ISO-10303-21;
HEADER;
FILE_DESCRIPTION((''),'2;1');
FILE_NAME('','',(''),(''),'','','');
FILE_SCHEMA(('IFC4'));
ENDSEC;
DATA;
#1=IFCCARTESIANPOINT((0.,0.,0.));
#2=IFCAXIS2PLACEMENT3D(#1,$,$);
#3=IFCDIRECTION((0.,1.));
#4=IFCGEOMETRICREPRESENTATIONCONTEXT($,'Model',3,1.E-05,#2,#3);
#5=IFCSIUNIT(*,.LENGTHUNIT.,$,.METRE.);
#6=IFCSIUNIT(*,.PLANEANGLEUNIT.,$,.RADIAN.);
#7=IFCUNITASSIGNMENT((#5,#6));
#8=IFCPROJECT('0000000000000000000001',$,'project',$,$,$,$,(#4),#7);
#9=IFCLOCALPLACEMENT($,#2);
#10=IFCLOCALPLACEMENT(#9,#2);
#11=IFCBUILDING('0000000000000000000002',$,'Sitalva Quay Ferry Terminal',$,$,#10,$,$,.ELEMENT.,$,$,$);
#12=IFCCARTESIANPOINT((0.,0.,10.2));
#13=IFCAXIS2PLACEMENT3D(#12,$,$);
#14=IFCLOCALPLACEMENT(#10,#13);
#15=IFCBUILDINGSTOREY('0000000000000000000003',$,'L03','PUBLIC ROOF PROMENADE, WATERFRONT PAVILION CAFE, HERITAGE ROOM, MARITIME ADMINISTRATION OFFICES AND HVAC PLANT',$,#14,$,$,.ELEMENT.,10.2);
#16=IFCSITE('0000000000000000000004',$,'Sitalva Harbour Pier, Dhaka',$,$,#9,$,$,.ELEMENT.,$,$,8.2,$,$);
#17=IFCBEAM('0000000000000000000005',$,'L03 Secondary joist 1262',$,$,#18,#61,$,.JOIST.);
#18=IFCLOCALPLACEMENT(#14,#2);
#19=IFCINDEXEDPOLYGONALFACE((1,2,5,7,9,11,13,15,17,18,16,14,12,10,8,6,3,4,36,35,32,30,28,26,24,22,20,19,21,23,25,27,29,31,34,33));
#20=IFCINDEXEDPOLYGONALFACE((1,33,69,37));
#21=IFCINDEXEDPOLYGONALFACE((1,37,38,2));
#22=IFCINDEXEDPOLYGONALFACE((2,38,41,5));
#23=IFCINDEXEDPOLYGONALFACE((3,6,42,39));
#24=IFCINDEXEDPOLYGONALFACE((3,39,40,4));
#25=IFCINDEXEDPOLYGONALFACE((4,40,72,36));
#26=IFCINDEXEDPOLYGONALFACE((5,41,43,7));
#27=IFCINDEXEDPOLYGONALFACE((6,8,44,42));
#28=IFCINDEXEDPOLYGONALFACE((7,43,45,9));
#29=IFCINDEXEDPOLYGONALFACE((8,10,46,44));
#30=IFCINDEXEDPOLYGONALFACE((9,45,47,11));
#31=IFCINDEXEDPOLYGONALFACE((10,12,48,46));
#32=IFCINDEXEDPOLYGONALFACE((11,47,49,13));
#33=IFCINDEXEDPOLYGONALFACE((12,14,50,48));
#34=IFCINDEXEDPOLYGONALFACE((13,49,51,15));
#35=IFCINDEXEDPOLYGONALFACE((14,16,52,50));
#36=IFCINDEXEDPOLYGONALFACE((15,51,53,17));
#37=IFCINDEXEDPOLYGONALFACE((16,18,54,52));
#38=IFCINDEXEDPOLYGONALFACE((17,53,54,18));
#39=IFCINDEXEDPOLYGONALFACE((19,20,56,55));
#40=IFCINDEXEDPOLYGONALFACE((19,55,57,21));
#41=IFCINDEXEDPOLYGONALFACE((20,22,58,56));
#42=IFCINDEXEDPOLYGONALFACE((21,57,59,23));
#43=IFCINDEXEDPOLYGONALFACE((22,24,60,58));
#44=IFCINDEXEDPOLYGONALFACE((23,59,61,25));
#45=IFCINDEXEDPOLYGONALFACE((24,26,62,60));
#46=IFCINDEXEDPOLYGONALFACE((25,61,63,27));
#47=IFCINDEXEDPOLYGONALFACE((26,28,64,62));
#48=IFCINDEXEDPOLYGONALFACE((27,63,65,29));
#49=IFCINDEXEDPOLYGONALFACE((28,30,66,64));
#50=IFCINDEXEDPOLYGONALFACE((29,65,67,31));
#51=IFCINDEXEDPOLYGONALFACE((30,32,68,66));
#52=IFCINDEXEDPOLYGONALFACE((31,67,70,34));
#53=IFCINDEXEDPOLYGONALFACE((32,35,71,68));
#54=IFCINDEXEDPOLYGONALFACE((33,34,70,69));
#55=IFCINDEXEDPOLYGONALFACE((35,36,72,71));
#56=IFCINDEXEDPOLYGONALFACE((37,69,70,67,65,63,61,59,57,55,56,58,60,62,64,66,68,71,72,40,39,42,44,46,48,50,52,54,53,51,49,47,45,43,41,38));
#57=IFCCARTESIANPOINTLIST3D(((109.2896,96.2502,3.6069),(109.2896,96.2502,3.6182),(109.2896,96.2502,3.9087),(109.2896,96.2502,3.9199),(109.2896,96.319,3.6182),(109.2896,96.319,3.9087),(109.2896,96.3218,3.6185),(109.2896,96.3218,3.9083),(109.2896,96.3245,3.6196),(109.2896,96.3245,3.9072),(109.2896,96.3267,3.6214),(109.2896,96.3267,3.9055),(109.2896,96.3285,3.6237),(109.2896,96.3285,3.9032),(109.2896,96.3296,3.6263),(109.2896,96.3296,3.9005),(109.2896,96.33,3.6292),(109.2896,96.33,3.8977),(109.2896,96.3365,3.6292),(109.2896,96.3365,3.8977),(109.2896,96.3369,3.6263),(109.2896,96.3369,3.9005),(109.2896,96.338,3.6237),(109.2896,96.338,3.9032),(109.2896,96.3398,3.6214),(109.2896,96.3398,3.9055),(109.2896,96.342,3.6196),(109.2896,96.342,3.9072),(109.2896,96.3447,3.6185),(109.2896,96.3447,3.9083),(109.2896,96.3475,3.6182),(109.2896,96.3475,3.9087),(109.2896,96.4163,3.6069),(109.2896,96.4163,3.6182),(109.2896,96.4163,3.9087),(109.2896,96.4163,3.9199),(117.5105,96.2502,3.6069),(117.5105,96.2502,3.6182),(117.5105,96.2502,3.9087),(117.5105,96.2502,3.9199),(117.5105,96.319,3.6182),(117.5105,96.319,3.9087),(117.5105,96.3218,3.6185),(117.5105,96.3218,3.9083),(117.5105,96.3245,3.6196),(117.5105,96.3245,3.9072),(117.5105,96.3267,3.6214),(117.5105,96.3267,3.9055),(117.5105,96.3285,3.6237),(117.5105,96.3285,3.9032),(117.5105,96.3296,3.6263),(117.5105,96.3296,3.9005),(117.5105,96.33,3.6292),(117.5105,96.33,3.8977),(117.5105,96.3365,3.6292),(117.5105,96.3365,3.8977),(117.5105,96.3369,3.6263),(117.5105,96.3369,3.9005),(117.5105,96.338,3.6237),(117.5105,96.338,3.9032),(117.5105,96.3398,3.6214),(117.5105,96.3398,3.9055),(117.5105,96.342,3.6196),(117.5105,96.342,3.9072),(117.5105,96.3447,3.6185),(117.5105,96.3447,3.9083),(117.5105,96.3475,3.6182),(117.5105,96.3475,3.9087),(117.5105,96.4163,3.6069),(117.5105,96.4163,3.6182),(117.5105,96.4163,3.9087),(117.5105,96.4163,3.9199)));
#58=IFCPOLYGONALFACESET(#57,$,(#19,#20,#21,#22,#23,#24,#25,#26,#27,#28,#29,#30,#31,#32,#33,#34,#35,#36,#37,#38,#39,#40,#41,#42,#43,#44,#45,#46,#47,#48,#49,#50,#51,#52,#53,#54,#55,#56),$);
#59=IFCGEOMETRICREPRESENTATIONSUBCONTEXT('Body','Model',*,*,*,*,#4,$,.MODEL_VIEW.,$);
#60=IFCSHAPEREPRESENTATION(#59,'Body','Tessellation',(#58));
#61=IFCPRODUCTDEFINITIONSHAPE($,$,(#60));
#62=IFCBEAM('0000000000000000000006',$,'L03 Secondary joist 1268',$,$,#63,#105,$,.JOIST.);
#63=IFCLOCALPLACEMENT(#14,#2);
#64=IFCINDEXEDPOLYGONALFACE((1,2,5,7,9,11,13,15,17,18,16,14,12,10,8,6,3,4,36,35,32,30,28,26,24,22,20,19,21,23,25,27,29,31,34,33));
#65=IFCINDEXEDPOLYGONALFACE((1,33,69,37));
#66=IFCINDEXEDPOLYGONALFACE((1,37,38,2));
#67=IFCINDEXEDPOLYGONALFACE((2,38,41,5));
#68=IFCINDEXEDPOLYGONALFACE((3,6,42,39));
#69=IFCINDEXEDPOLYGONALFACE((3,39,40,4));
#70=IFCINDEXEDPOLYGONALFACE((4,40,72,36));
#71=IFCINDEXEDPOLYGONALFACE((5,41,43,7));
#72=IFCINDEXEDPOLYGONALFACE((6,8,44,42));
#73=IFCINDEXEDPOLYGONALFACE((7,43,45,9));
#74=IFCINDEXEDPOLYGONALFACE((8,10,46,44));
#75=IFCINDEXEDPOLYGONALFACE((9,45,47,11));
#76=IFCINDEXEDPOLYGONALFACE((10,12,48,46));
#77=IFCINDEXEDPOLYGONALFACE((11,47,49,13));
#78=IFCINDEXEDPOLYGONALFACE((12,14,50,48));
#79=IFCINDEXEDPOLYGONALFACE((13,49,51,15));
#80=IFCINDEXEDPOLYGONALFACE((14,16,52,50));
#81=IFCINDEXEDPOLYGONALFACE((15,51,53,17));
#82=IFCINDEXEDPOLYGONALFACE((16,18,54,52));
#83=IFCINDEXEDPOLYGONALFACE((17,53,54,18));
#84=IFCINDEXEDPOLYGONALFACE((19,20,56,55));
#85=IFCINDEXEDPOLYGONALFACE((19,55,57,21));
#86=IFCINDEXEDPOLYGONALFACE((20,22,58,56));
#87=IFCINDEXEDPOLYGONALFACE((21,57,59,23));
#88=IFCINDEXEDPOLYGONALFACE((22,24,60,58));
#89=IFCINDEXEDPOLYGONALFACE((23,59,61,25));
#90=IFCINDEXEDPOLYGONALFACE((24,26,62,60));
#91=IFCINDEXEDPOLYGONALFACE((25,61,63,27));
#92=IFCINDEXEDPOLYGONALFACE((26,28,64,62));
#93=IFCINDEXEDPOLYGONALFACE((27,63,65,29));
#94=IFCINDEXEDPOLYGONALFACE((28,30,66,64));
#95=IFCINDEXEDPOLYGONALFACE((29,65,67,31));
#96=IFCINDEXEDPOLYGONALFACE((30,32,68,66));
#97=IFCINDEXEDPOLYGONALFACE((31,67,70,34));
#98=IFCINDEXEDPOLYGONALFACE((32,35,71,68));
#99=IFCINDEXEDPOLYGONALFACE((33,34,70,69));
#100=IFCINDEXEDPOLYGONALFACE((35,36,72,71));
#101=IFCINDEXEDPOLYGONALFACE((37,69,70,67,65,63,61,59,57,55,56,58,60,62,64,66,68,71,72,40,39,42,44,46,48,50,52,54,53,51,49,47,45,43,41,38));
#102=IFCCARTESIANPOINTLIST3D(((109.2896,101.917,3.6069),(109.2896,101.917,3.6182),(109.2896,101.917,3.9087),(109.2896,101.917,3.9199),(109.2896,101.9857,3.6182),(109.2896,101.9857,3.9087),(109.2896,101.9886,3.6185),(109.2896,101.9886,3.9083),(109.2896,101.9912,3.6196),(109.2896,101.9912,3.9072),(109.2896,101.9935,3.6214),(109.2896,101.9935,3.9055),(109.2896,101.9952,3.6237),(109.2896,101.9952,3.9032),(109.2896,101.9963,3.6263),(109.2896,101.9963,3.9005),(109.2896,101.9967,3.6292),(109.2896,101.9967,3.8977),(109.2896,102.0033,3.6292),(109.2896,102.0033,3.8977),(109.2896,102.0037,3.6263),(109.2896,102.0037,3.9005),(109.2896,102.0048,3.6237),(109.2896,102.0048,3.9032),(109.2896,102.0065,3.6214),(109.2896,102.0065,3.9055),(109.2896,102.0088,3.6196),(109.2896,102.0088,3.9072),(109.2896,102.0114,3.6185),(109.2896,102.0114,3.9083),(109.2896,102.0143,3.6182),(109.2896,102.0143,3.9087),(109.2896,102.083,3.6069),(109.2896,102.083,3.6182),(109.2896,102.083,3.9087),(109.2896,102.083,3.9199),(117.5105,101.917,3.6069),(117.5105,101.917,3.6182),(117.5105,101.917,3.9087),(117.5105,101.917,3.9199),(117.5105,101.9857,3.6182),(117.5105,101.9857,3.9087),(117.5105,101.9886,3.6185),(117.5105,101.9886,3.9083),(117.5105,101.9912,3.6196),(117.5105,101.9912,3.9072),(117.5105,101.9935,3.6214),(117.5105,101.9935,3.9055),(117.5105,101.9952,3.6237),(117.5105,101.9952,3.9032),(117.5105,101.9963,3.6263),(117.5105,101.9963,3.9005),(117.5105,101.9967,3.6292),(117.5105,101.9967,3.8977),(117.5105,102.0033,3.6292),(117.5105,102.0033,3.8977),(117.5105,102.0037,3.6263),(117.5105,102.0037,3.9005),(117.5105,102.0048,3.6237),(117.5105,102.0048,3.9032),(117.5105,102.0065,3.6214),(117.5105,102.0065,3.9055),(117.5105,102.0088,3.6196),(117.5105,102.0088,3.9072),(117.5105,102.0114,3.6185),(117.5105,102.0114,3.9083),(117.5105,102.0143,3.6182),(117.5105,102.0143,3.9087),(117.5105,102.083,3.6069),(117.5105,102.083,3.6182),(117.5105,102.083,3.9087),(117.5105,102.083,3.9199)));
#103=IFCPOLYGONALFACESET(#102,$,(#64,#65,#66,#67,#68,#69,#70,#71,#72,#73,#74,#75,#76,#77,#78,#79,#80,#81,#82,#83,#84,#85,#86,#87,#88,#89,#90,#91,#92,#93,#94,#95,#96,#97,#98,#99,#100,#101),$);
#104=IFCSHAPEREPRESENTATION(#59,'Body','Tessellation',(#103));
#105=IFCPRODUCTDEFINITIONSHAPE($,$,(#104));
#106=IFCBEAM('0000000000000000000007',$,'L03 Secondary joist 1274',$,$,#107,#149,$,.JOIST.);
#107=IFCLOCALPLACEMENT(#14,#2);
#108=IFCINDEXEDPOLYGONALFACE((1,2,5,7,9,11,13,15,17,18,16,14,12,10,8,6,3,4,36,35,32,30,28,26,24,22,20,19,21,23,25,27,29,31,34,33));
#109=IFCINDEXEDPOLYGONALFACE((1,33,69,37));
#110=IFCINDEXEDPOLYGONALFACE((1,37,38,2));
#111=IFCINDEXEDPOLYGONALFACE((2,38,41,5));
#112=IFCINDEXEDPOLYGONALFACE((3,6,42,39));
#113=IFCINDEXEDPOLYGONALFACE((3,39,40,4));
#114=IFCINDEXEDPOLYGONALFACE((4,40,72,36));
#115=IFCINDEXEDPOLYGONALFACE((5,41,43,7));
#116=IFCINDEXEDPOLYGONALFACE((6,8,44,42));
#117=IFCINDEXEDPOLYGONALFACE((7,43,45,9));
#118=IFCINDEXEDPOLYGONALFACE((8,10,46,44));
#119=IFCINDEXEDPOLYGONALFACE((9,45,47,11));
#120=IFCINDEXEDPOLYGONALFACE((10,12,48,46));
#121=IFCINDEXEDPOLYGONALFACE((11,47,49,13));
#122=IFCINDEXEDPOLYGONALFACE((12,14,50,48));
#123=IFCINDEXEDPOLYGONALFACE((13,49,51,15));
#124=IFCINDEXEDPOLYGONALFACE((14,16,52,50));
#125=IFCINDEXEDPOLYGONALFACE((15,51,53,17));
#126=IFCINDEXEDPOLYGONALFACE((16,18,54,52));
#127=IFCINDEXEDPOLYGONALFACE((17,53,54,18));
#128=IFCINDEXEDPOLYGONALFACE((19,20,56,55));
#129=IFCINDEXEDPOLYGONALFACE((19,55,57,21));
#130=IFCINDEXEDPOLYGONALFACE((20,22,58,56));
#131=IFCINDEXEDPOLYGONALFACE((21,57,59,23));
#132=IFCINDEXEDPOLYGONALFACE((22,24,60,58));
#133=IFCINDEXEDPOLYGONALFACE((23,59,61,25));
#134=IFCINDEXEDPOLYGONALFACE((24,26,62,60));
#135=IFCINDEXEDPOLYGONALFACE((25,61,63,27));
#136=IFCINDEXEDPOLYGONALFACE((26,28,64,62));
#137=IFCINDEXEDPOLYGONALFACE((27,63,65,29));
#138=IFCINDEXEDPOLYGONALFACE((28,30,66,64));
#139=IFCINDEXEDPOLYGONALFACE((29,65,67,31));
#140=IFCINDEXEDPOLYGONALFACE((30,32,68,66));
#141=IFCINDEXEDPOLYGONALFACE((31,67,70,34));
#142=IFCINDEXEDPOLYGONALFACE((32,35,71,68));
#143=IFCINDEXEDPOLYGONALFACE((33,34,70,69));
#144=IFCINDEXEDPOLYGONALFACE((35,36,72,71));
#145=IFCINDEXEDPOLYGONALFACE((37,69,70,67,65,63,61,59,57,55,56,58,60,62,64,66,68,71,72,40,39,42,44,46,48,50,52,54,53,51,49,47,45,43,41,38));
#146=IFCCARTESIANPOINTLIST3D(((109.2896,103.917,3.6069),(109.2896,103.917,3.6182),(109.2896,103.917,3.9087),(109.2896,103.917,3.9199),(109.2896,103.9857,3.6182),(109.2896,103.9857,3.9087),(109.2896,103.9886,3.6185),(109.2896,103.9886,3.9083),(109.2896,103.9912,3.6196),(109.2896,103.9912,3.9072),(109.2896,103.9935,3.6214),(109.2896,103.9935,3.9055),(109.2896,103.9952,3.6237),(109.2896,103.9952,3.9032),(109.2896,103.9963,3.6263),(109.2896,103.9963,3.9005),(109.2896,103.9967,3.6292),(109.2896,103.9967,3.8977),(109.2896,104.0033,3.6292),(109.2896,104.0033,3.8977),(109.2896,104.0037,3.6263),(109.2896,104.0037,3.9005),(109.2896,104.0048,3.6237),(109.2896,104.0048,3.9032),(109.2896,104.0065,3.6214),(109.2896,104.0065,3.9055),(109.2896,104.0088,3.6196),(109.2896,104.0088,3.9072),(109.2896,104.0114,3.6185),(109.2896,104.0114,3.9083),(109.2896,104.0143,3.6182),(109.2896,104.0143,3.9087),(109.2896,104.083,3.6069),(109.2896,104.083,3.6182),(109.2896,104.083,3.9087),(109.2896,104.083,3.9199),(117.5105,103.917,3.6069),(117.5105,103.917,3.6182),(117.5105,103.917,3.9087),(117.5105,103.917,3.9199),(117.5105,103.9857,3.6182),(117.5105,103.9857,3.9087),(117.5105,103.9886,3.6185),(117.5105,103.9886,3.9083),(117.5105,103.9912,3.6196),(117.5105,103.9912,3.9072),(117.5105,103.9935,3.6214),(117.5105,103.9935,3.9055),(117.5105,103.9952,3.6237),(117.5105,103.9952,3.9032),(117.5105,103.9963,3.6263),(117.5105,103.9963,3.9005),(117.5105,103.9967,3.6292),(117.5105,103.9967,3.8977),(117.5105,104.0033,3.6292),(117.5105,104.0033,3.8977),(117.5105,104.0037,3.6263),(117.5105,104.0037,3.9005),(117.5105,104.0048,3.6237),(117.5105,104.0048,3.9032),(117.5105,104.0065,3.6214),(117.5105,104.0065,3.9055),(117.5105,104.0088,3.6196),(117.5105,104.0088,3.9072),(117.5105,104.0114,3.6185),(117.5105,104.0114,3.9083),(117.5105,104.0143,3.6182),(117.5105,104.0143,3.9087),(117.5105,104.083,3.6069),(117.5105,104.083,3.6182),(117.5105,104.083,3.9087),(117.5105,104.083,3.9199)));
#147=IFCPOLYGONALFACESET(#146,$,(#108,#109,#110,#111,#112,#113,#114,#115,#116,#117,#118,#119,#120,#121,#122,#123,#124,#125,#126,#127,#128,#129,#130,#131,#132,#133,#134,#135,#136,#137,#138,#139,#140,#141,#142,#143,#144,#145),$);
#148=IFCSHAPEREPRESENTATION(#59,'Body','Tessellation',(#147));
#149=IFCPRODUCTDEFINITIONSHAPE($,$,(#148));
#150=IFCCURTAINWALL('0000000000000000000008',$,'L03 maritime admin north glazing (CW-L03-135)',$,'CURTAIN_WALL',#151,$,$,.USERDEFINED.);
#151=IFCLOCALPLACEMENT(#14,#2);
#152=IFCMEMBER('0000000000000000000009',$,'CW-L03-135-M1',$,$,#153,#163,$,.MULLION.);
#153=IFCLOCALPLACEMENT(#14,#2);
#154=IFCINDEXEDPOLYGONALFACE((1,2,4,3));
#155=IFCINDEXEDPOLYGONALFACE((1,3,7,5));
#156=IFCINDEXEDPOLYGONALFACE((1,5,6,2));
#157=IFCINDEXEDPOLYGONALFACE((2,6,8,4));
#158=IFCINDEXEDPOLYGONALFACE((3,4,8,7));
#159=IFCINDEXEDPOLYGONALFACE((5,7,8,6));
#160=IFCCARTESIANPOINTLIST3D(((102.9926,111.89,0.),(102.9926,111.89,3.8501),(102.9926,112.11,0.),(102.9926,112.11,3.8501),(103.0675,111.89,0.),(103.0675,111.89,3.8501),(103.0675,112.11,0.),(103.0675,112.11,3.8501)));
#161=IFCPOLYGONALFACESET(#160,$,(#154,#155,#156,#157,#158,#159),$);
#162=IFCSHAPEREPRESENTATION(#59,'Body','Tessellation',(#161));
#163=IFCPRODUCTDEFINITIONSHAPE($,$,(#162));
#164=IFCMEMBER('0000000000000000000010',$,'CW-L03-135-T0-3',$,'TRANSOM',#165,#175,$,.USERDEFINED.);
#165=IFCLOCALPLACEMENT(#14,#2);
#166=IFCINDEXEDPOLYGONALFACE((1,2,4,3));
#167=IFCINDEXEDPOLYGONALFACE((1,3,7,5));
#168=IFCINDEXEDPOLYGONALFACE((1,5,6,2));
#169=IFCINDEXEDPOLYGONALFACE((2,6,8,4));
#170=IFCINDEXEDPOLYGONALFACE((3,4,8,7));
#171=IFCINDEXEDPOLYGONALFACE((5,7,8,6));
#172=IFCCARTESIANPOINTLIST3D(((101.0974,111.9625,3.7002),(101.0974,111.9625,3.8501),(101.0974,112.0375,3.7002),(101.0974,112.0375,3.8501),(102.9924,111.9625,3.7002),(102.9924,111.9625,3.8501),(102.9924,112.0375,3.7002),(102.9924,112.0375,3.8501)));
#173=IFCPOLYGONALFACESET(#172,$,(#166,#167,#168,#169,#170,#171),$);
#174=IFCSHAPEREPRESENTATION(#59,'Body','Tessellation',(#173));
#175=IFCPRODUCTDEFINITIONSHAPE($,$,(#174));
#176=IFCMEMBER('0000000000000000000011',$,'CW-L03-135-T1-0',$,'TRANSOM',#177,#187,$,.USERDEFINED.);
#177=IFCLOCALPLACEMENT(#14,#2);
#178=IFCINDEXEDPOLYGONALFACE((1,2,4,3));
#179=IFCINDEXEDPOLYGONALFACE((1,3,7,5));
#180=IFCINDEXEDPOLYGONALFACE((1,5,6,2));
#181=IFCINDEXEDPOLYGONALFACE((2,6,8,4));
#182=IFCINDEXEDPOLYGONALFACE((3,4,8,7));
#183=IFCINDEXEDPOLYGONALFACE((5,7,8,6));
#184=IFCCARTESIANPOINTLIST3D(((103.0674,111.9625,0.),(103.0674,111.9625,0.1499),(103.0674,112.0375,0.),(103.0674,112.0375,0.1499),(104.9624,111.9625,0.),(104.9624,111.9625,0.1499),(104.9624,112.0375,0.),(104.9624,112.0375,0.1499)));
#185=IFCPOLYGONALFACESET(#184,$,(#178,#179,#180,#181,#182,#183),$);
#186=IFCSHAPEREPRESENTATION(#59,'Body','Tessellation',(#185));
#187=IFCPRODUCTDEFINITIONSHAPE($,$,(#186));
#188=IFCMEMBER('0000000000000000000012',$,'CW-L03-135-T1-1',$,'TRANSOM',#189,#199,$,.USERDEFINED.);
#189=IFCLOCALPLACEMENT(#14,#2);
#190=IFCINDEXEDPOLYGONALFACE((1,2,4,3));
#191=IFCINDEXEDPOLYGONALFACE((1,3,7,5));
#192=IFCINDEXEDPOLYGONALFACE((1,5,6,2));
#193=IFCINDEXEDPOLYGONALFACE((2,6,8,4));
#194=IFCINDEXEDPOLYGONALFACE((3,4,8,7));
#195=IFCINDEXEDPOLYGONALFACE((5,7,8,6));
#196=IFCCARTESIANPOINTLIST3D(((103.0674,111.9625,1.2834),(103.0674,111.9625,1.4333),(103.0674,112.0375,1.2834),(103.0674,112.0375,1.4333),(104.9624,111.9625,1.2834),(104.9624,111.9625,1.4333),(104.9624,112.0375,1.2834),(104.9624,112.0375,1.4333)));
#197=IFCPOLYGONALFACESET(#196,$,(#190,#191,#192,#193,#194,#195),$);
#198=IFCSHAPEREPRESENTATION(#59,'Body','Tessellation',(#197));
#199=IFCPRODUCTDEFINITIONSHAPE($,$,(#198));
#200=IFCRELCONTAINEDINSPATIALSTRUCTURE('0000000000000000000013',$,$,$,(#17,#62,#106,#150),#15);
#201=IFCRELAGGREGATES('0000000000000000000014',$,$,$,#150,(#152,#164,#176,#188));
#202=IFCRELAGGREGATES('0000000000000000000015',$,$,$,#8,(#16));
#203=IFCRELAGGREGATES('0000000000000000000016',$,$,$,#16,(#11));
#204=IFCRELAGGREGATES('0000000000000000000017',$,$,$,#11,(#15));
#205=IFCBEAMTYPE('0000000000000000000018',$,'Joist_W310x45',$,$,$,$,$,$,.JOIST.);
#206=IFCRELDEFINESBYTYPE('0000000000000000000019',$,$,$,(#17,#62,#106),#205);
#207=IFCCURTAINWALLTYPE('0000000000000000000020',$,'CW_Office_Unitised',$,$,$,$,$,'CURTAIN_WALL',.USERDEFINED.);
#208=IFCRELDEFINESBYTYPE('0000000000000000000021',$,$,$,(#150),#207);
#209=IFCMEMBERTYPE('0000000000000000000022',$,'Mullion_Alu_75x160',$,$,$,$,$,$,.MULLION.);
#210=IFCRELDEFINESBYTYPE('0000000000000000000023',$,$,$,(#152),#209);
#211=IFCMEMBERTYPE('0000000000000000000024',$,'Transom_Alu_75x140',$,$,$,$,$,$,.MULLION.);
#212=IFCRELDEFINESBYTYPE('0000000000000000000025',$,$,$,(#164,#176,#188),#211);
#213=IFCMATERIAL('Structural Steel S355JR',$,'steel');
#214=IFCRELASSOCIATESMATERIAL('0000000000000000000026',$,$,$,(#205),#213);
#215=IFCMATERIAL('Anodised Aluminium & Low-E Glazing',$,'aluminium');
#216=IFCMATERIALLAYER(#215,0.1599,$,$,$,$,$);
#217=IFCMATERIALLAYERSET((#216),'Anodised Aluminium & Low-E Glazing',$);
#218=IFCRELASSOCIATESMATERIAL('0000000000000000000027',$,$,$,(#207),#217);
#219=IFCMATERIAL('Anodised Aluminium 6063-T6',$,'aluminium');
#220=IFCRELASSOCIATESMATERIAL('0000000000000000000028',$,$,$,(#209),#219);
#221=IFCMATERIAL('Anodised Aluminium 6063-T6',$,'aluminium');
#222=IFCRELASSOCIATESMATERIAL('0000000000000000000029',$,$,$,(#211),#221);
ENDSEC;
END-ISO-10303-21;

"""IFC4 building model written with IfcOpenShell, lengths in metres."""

from ifc_helpers import new_model, si_unit, direction, frame, origin, origin_2d, place, context, subcontext, project, spatial, rectangle, i_section, extrude, material, layer, layer_set, material_profile, profile_set, type_object, element, aggregate, save


model = new_model("IFC4")

# Units and contexts
model_context = context("Model", 3, precision=1e-05, world=origin(), true_north=direction((0.0, 1.0)))
body_context = subcontext(model_context, "Body", "Model", "MODEL_VIEW")
ifc_project = project(units=[si_unit("LENGTHUNIT", "METRE"), si_unit("PLANEANGLEUNIT", "RADIAN")], contexts=[model_context])

# Site, building, storey
site_placement = place(None, origin())
site = spatial("IfcSite", under=ifc_project, at=site_placement, Name="Sitalva Harbour Pier, Dhaka", CompositionType="ELEMENT", RefElevation=8.2)
building_placement = place(site_placement, origin())
building = spatial("IfcBuilding", under=site, at=building_placement, Name="Sitalva Quay Ferry Terminal", CompositionType="ELEMENT")
storey_placement = place(building_placement, frame((0.0, 0.0, 10.2)))
storey = spatial("IfcBuildingStorey", under=building, at=storey_placement, Name="L03", Description="PUBLIC ROOF PROMENADE, WATERFRONT PAVILION CAFE, HERITAGE ROOM, MARITIME ADMINISTRATION OFFICES AND HVAC PLANT", CompositionType="ELEMENT", Elevation=10.2)

# Beams
ifc_material_1 = material(Name="Structural Steel S355JR", Category="steel")
ifc_material_profile_1 = material_profile(ifc_material_1, i_section(OverallWidth=0.166, OverallDepth=0.313, WebThickness=0.0066, FlangeThickness=0.0112, FilletRadius=0.011, at=origin_2d()), Name="W310x45")
ifc_profile_set_1 = profile_set([ifc_material_profile_1], Name="Structural Steel S355JR")
beam_type_1 = type_object("IfcBeamType", Name="Joist_W310x45", PredefinedType="JOIST", material=ifc_profile_set_1)
for number, where, z_axis, x_axis, name in (
    (1, (109.2896, 96.3333, 3.7634), (1.0, 0.0, 0.0), (0.0, 1.0, 0.0), "L03 Secondary joist 1262"),
    (2, (109.2896, 102.0, 3.7634), (1.0, 0.0, 0.0), (0.0, 1.0, 0.0), "L03 Secondary joist 1268"),
    (3, (109.2896, 104.0, 3.7634), (1.0, 0.0, 0.0), (0.0, 1.0, 0.0), "L03 Secondary joist 1274"),
):
    element("IfcBeam", number, at=place(storey_placement, frame(where, z_axis=z_axis, x_axis=x_axis)), inside=storey, type_object=beam_type_1, Name=name, PredefinedType="JOIST", context=body_context, shape_type="SweptSolid", body=[
        extrude(i_section(OverallWidth=0.166, OverallDepth=0.313, WebThickness=0.0066, FlangeThickness=0.0112, FilletRadius=0.011, at=origin_2d()), origin(), (0.0, 0.0, 1.0), 8.2209),
    ])

# Curtain wall, members
ifc_material_2 = material(Name="Anodised Aluminium & Low-E Glazing", Category="aluminium")
ifc_layer_1 = layer(ifc_material_2, 0.1599)
ifc_layer_set_1 = layer_set([ifc_layer_1], Name="Anodised Aluminium & Low-E Glazing")
curtain_wall_type = type_object("IfcCurtainWallType", Name="CW_Office_Unitised", ElementType="CURTAIN_WALL", PredefinedType="USERDEFINED", material=ifc_layer_set_1)
curtain_wall_placement = place(storey_placement, origin())
curtain_wall = element("IfcCurtainWall", 4, at=curtain_wall_placement, inside=storey, type_object=curtain_wall_type, Name="L03 maritime admin north glazing (CW-L03-135)", ObjectType="CURTAIN_WALL", PredefinedType="USERDEFINED")
ifc_material_3 = material(Name="Anodised Aluminium 6063-T6", Category="aluminium")
ifc_material_profile_2 = material_profile(ifc_material_3, rectangle(XDim=0.075, YDim=0.22, at=origin_2d()), Name="ALU75x220")
ifc_profile_set_2 = profile_set([ifc_material_profile_2], Name="Anodised Aluminium 6063-T6")
member_type_1 = type_object("IfcMemberType", Name="Mullion_Alu_75x160", PredefinedType="MULLION", material=ifc_profile_set_2)
member_1_placement = place(storey_placement, frame((103.03, 112.0, 0.0), z_axis=(0.0, 0.0, 1.0), x_axis=(1.0, 0.0, 0.0)))
member_1 = element("IfcMember", 5, at=member_1_placement, type_object=member_type_1, Name="CW-L03-135-M1", PredefinedType="MULLION", context=body_context, shape_type="SweptSolid", body=[
    extrude(rectangle(XDim=0.075, YDim=0.22, at=origin_2d()), origin(), (0.0, 0.0, 1.0), 3.8501),
])
ifc_material_4 = material(Name="Anodised Aluminium 6063-T6", Category="aluminium")
ifc_material_profile_3 = material_profile(ifc_material_4, rectangle(XDim=0.075, YDim=0.1499, at=origin_2d()), Name="ALU75x150")
ifc_profile_set_3 = profile_set([ifc_material_profile_3], Name="Anodised Aluminium 6063-T6")
member_type_2 = type_object("IfcMemberType", Name="Transom_Alu_75x140", PredefinedType="MULLION", material=ifc_profile_set_3)
member_2_placement = place(storey_placement, frame((101.0974, 112.0, 3.7751), z_axis=(1.0, 0.0, 0.0), x_axis=(0.0, 1.0, 0.0)))
member_2 = element("IfcMember", 6, at=member_2_placement, type_object=member_type_2, Name="CW-L03-135-T0-3", ObjectType="TRANSOM", PredefinedType="USERDEFINED", context=body_context, shape_type="SweptSolid", body=[
    extrude(rectangle(XDim=0.075, YDim=0.1499, at=origin_2d()), origin(), (0.0, 0.0, 1.0), 1.895),
])
member_3_placement = place(storey_placement, frame((103.0674, 112.0, 0.075), z_axis=(1.0, 0.0, 0.0), x_axis=(0.0, 1.0, 0.0)))
member_3 = element("IfcMember", 7, at=member_3_placement, type_object=member_type_2, Name="CW-L03-135-T1-0", ObjectType="TRANSOM", PredefinedType="USERDEFINED", context=body_context, shape_type="SweptSolid", body=[
    extrude(rectangle(XDim=0.075, YDim=0.1499, at=origin_2d()), origin(), (0.0, 0.0, 1.0), 1.895),
])
member_4_placement = place(storey_placement, frame((103.0674, 112.0, 1.3584), z_axis=(1.0, 0.0, 0.0), x_axis=(0.0, 1.0, 0.0)))
member_4 = element("IfcMember", 8, at=member_4_placement, type_object=member_type_2, Name="CW-L03-135-T1-1", ObjectType="TRANSOM", PredefinedType="USERDEFINED", context=body_context, shape_type="SweptSolid", body=[
    extrude(rectangle(XDim=0.075, YDim=0.1499, at=origin_2d()), origin(), (0.0, 0.0, 1.0), 1.895),
])
aggregate(curtain_wall, [member_1, member_2, member_3, member_4])

save(model, "model.ifc")
